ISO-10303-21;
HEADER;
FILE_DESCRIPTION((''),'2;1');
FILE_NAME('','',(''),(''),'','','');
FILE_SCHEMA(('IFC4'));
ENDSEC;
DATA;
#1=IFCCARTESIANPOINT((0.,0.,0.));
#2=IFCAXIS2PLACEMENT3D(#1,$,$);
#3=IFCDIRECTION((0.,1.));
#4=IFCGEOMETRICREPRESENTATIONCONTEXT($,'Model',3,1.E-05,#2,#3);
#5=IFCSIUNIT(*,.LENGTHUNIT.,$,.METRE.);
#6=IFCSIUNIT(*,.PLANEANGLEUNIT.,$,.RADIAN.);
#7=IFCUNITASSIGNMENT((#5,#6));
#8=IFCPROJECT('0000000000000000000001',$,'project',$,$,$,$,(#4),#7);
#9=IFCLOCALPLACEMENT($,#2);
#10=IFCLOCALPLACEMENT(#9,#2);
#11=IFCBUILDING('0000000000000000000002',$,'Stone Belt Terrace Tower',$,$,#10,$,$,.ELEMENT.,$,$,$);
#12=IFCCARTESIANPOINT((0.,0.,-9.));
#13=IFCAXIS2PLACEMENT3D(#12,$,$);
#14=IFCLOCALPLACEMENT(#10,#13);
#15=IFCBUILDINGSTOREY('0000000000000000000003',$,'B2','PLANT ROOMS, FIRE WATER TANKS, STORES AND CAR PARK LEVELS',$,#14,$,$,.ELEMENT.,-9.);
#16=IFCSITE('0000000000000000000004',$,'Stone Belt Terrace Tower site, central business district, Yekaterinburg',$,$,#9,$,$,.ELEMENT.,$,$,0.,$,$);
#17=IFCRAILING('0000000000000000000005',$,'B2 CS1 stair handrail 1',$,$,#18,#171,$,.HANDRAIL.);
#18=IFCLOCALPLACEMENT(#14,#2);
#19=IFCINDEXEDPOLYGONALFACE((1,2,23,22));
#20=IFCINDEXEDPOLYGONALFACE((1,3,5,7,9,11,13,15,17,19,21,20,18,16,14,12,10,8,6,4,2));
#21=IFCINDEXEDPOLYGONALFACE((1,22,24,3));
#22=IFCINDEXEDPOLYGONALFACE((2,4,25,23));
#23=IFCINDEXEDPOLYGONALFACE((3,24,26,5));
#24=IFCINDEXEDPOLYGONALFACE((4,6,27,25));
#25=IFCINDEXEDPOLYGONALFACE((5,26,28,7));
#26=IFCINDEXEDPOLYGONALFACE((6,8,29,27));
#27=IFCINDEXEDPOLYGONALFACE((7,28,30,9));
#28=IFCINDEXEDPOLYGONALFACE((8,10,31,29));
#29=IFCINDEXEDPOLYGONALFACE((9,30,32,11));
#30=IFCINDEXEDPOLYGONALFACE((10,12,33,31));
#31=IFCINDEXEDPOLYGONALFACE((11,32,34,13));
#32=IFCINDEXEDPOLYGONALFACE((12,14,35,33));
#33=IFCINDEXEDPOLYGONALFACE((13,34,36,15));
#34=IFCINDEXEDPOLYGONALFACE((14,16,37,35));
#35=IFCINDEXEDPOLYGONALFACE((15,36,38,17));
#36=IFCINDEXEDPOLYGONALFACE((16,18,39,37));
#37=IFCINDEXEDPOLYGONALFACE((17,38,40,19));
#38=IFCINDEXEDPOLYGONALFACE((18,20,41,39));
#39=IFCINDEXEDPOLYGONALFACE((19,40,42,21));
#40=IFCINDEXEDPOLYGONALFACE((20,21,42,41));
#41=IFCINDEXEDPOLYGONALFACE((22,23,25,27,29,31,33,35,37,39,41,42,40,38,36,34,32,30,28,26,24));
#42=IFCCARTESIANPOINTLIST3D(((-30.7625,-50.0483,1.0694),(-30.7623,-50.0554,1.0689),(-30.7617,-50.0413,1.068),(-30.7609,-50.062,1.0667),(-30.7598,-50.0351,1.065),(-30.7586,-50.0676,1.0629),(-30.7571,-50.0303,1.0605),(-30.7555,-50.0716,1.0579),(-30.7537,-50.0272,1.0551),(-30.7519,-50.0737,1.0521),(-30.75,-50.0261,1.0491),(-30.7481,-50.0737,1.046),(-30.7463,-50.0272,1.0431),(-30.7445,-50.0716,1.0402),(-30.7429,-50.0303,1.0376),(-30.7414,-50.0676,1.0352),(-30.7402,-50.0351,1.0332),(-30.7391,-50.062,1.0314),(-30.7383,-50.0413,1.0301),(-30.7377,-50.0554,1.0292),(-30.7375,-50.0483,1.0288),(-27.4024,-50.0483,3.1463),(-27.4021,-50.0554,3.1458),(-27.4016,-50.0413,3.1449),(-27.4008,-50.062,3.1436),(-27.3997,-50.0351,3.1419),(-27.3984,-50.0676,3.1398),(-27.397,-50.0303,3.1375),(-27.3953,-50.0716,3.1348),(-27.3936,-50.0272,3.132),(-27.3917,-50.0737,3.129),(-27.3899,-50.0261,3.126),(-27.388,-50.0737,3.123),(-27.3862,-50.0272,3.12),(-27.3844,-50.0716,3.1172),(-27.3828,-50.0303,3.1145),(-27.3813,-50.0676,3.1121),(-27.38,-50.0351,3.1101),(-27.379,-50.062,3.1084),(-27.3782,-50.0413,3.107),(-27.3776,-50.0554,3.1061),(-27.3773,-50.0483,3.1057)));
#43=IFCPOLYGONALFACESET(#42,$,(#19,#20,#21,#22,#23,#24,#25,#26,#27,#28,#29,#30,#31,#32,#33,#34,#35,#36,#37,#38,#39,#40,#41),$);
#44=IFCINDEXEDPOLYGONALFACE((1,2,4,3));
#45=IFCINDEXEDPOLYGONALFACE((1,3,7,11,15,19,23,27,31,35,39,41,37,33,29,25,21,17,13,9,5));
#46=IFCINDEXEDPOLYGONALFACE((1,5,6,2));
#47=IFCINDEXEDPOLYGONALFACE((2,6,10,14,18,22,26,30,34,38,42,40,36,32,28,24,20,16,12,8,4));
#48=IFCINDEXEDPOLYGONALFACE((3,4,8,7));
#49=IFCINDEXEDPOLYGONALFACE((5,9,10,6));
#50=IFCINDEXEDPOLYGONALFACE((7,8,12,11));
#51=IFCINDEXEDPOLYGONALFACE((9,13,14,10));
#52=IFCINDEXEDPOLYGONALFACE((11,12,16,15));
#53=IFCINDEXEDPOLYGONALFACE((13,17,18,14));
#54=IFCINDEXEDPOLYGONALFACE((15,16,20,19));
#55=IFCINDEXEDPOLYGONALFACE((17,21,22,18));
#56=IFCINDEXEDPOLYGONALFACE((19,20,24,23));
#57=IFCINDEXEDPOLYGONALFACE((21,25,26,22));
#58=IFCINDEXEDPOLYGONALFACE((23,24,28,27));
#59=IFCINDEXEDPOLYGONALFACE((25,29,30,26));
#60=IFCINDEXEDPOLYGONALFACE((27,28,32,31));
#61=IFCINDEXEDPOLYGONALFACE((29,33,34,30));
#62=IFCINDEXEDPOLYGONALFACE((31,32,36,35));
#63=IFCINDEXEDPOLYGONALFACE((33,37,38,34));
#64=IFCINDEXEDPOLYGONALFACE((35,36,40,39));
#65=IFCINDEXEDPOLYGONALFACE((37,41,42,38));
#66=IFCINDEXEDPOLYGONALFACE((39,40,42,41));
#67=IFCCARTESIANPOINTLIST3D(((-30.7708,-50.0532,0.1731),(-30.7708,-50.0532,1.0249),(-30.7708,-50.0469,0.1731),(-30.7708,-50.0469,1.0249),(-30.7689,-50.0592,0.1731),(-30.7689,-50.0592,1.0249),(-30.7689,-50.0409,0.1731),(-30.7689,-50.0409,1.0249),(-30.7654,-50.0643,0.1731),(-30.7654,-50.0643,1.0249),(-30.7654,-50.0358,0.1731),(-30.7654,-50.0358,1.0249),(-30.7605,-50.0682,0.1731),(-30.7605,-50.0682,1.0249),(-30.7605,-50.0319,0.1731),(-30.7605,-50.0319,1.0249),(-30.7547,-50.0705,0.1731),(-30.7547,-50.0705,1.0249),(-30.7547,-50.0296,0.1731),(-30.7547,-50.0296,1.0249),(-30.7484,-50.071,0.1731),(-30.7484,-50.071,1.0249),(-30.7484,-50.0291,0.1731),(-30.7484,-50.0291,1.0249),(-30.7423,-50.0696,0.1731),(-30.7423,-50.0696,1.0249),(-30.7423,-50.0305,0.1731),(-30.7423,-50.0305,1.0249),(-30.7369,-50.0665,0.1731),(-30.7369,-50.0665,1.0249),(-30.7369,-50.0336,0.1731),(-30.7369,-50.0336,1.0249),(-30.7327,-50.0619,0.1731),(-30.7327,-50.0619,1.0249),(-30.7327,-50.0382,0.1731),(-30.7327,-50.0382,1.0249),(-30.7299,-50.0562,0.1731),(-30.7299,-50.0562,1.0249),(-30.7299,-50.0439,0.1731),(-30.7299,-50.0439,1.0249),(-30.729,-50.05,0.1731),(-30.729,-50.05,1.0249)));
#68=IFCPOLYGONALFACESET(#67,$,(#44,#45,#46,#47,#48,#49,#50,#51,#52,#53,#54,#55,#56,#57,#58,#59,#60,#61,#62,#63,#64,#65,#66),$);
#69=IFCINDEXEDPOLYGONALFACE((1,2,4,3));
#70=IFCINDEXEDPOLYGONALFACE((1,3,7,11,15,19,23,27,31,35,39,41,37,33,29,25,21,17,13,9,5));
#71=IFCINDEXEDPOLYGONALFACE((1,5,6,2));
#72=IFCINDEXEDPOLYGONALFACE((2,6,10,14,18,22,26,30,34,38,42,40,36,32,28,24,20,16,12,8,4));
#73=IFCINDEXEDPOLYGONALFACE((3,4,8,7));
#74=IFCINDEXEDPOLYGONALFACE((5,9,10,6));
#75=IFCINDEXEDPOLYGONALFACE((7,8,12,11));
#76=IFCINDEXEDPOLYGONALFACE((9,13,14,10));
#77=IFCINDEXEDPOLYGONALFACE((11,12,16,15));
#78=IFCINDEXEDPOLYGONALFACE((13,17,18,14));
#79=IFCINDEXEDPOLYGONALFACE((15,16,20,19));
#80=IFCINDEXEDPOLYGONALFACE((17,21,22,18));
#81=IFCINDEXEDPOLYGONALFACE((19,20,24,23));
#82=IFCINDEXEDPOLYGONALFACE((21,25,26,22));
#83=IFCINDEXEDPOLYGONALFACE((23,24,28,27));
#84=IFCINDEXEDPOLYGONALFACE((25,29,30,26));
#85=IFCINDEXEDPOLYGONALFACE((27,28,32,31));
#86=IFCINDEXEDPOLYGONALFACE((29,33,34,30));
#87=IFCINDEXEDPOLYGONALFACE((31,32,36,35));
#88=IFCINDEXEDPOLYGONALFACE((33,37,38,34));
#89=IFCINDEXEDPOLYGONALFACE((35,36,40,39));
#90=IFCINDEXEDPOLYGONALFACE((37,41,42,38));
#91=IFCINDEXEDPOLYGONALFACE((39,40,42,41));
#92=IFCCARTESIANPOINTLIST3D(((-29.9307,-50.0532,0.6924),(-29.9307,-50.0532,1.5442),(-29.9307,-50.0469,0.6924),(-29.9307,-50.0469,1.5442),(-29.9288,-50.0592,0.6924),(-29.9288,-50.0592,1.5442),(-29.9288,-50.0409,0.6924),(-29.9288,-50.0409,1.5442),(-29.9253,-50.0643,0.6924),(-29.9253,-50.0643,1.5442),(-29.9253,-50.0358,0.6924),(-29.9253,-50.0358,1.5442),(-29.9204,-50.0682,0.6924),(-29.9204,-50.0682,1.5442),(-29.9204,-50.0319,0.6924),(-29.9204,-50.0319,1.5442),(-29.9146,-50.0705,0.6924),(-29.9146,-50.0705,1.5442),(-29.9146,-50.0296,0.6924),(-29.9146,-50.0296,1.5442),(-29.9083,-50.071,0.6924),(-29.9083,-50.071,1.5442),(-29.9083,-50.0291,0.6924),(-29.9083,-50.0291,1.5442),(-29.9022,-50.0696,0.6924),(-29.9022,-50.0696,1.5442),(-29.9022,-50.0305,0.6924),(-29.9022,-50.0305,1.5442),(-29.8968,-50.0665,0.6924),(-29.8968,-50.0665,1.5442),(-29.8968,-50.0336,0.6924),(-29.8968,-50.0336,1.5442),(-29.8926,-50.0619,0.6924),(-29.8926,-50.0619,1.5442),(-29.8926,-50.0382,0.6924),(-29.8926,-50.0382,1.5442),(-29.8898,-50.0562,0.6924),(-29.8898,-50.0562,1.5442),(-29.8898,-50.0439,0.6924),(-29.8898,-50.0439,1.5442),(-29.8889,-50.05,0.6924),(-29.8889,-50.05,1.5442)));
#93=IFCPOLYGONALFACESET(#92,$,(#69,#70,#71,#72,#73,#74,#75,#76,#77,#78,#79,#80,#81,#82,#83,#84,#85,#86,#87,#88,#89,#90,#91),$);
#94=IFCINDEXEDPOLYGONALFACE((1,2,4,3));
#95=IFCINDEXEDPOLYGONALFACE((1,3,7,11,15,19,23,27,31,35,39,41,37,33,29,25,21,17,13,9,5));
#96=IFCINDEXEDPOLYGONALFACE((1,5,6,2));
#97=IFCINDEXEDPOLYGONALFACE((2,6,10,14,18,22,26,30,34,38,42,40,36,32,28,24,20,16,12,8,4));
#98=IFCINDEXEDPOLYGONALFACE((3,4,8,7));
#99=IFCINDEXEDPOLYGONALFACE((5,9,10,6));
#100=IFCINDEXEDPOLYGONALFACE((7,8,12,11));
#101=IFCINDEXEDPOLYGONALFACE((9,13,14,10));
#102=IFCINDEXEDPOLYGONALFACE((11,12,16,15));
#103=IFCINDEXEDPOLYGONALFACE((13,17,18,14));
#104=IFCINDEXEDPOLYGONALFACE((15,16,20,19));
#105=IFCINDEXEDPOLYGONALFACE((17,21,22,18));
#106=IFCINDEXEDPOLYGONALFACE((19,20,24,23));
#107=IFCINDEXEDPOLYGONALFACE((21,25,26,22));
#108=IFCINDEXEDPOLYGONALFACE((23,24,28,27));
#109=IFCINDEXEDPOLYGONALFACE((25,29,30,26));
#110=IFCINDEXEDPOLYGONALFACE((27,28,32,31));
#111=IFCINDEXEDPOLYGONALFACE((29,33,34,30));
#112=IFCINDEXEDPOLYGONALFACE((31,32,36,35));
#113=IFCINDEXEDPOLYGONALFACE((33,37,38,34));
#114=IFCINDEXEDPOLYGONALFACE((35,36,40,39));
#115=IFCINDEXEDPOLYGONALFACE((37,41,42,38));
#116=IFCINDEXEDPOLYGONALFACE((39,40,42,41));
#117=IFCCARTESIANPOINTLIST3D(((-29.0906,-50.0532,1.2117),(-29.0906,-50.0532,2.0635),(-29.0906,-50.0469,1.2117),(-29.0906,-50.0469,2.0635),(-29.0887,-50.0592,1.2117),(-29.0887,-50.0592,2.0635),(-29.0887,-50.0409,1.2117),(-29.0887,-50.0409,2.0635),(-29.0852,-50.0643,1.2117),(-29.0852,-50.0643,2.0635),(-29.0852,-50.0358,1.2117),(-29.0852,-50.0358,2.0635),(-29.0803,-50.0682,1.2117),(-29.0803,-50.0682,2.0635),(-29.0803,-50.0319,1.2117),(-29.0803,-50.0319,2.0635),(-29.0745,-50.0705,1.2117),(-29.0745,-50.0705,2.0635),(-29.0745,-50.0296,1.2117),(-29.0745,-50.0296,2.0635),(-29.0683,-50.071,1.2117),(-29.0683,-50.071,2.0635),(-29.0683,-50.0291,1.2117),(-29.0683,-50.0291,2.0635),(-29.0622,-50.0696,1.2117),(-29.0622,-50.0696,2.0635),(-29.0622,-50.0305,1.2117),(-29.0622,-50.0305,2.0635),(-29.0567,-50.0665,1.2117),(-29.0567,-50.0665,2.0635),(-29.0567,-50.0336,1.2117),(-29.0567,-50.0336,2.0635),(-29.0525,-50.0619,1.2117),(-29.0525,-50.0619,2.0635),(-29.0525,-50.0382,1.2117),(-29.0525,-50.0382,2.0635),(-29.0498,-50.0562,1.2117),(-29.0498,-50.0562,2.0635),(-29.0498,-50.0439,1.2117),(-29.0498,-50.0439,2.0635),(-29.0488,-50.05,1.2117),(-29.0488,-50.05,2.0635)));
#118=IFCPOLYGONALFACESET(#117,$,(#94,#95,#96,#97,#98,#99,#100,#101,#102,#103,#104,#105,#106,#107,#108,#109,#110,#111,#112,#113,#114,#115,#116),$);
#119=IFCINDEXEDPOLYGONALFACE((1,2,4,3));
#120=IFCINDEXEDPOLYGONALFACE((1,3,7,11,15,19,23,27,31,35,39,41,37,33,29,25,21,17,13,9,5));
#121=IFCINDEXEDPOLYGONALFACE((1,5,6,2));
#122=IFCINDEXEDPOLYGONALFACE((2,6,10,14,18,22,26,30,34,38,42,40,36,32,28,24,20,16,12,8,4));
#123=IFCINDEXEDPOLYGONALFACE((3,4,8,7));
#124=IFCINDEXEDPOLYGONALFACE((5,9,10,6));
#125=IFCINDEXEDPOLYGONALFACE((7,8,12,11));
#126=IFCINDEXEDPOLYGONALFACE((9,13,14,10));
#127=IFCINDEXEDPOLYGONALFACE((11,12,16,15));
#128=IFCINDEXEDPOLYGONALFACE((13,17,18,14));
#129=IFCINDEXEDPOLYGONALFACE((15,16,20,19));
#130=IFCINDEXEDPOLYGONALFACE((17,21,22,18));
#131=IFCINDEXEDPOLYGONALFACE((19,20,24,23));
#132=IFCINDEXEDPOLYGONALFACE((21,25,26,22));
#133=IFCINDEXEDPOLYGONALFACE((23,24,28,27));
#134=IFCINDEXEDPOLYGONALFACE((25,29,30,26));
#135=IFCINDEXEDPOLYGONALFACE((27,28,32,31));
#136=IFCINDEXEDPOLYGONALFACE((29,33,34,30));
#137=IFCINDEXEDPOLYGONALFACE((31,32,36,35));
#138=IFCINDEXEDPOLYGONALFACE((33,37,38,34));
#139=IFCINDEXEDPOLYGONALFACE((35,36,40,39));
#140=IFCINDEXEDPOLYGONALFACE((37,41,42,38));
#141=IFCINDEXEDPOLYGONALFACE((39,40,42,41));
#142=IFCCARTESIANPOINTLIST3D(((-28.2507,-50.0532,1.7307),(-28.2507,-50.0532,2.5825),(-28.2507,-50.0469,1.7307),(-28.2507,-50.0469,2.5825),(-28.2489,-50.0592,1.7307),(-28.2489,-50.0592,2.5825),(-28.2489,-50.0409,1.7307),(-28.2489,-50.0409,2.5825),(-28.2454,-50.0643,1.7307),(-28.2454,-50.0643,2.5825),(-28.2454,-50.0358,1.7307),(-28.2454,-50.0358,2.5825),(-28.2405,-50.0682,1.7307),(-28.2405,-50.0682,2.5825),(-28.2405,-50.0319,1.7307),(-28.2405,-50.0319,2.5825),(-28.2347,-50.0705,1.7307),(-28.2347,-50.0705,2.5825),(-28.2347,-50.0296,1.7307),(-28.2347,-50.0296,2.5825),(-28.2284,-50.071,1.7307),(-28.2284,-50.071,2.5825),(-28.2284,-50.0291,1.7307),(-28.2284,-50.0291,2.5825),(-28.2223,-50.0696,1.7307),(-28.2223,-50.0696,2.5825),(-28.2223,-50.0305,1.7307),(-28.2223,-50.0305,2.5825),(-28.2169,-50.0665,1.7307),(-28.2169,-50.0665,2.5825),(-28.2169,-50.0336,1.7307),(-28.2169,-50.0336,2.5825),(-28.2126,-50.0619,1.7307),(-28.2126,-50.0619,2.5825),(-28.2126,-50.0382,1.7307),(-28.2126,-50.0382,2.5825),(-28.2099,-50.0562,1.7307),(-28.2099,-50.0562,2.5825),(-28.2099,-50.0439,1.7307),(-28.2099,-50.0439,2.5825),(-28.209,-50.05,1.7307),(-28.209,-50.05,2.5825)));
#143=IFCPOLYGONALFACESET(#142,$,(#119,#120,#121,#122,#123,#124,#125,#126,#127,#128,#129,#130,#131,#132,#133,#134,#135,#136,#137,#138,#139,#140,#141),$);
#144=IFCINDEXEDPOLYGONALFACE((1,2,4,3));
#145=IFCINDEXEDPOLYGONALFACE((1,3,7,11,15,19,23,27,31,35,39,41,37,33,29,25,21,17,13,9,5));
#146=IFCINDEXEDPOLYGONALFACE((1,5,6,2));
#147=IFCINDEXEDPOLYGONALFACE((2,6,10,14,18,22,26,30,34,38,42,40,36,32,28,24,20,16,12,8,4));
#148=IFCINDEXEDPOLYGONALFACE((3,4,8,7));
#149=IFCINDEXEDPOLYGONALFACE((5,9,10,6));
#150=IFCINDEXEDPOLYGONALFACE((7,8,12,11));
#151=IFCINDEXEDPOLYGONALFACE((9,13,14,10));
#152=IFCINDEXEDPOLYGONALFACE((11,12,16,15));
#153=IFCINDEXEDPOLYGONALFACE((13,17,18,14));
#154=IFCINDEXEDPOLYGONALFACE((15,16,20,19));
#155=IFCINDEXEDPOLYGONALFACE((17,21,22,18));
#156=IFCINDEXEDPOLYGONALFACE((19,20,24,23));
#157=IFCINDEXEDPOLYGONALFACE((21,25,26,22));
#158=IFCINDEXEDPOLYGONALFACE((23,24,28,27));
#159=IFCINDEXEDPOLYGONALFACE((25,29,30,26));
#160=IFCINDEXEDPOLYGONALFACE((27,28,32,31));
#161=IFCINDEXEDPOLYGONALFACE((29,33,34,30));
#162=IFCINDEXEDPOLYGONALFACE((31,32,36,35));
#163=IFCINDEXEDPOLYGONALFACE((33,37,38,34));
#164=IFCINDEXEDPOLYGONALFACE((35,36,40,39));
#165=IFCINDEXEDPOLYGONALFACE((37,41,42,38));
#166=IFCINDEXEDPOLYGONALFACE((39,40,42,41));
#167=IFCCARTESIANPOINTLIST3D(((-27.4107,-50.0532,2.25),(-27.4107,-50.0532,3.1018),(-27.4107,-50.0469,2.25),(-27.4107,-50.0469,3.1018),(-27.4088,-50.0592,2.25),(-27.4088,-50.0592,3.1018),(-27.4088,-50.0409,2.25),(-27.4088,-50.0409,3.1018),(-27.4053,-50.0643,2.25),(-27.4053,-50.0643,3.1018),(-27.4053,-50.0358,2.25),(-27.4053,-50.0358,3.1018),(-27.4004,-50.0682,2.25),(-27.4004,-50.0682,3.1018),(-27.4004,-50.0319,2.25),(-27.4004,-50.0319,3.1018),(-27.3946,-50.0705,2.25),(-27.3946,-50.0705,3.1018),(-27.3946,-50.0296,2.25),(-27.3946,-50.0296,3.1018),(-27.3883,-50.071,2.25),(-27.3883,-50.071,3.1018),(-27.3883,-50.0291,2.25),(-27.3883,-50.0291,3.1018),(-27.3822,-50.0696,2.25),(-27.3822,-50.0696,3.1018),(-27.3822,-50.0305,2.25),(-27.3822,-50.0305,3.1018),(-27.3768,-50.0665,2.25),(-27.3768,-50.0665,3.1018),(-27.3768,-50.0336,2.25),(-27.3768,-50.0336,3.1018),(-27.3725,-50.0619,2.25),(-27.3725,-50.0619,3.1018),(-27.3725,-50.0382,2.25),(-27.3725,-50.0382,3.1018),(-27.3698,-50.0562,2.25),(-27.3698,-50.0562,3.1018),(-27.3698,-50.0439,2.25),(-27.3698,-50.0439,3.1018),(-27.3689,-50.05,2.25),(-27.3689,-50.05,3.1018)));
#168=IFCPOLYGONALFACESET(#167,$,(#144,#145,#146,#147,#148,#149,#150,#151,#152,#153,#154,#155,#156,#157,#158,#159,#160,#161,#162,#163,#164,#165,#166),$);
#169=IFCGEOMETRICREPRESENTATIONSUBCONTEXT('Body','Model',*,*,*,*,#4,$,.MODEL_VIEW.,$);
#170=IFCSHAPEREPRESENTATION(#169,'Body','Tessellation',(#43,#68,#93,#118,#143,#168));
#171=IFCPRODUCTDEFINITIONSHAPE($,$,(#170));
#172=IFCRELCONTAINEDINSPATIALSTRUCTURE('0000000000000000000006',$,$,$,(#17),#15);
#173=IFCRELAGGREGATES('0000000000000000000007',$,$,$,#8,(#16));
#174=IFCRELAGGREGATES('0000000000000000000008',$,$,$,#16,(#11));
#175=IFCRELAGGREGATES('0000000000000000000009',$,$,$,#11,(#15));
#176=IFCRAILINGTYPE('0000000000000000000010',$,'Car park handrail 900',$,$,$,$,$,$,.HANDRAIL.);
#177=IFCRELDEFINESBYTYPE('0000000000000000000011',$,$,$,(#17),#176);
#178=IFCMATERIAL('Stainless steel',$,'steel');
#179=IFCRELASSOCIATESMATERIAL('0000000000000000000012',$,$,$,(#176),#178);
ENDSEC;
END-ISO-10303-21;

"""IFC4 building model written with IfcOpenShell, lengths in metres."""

from ifc_helpers import new_model, si_unit, direction, frame, origin, origin_2d, place, context, subcontext, project, spatial, circle, extrude, material, type_object, element, save


model = new_model("IFC4")

# Units and contexts
model_context = context("Model", 3, precision=1e-05, world=origin(), true_north=direction((0.0, 1.0)))
body_context = subcontext(model_context, "Body", "Model", "MODEL_VIEW")
ifc_project = project(units=[si_unit("LENGTHUNIT", "METRE"), si_unit("PLANEANGLEUNIT", "RADIAN")], contexts=[model_context])

# Site, building, storey
site_placement = place(None, origin())
site = spatial("IfcSite", under=ifc_project, at=site_placement, Name="Stone Belt Terrace Tower site, central business district, Yekaterinburg", CompositionType="ELEMENT", RefElevation=0.0)
building_placement = place(site_placement, origin())
building = spatial("IfcBuilding", under=site, at=building_placement, Name="Stone Belt Terrace Tower", CompositionType="ELEMENT")
storey_placement = place(building_placement, frame((0.0, 0.0, -9.0)))
storey = spatial("IfcBuildingStorey", under=building, at=storey_placement, Name="B2", Description="PLANT ROOMS, FIRE WATER TANKS, STORES AND CAR PARK LEVELS", CompositionType="ELEMENT", Elevation=-9.0)

# Railing
ifc_material_1 = material(Name="Stainless steel", Category="steel")
railing_type_1 = type_object("IfcRailingType", Name="Car park handrail 900", PredefinedType="HANDRAIL", material=ifc_material_1)
railing_1_placement = place(storey_placement, frame((-30.75, -50.05, 0.1731)))
element("IfcRailing", 1, at=railing_1_placement, inside=storey, type_object=railing_type_1, Name="B2 CS1 stair handrail 1", PredefinedType="HANDRAIL", context=body_context, shape_type="SweptSolid", body=[
    extrude(circle(Radius=0.0239, at=origin_2d()), frame((0.0, 0.0, 0.876), z_axis=(0.850623, 0.0, 0.525776), x_axis=(0.0, 1.0, 0.0)), (0.0, 0.0, 1.0), 3.9502),
    extrude(circle(Radius=0.021, at=origin_2d()), origin(), (0.0, 0.0, 1.0), 0.8518),
    extrude(circle(Radius=0.021, at=origin_2d()), frame((0.8401, 0.0, 0.5193)), (0.0, 0.0, 1.0), 0.8518),
    extrude(circle(Radius=0.021, at=origin_2d()), frame((1.6802, 0.0, 1.0386)), (0.0, 0.0, 1.0), 0.8518),
    extrude(circle(Radius=0.021, at=origin_2d()), frame((2.52, 0.0, 1.5576)), (0.0, 0.0, 1.0), 0.8518),
    extrude(circle(Radius=0.021, at=origin_2d()), frame((3.3601, 0.0, 2.0769)), (0.0, 0.0, 1.0), 0.8518),
])

save(model, "model.ifc")
